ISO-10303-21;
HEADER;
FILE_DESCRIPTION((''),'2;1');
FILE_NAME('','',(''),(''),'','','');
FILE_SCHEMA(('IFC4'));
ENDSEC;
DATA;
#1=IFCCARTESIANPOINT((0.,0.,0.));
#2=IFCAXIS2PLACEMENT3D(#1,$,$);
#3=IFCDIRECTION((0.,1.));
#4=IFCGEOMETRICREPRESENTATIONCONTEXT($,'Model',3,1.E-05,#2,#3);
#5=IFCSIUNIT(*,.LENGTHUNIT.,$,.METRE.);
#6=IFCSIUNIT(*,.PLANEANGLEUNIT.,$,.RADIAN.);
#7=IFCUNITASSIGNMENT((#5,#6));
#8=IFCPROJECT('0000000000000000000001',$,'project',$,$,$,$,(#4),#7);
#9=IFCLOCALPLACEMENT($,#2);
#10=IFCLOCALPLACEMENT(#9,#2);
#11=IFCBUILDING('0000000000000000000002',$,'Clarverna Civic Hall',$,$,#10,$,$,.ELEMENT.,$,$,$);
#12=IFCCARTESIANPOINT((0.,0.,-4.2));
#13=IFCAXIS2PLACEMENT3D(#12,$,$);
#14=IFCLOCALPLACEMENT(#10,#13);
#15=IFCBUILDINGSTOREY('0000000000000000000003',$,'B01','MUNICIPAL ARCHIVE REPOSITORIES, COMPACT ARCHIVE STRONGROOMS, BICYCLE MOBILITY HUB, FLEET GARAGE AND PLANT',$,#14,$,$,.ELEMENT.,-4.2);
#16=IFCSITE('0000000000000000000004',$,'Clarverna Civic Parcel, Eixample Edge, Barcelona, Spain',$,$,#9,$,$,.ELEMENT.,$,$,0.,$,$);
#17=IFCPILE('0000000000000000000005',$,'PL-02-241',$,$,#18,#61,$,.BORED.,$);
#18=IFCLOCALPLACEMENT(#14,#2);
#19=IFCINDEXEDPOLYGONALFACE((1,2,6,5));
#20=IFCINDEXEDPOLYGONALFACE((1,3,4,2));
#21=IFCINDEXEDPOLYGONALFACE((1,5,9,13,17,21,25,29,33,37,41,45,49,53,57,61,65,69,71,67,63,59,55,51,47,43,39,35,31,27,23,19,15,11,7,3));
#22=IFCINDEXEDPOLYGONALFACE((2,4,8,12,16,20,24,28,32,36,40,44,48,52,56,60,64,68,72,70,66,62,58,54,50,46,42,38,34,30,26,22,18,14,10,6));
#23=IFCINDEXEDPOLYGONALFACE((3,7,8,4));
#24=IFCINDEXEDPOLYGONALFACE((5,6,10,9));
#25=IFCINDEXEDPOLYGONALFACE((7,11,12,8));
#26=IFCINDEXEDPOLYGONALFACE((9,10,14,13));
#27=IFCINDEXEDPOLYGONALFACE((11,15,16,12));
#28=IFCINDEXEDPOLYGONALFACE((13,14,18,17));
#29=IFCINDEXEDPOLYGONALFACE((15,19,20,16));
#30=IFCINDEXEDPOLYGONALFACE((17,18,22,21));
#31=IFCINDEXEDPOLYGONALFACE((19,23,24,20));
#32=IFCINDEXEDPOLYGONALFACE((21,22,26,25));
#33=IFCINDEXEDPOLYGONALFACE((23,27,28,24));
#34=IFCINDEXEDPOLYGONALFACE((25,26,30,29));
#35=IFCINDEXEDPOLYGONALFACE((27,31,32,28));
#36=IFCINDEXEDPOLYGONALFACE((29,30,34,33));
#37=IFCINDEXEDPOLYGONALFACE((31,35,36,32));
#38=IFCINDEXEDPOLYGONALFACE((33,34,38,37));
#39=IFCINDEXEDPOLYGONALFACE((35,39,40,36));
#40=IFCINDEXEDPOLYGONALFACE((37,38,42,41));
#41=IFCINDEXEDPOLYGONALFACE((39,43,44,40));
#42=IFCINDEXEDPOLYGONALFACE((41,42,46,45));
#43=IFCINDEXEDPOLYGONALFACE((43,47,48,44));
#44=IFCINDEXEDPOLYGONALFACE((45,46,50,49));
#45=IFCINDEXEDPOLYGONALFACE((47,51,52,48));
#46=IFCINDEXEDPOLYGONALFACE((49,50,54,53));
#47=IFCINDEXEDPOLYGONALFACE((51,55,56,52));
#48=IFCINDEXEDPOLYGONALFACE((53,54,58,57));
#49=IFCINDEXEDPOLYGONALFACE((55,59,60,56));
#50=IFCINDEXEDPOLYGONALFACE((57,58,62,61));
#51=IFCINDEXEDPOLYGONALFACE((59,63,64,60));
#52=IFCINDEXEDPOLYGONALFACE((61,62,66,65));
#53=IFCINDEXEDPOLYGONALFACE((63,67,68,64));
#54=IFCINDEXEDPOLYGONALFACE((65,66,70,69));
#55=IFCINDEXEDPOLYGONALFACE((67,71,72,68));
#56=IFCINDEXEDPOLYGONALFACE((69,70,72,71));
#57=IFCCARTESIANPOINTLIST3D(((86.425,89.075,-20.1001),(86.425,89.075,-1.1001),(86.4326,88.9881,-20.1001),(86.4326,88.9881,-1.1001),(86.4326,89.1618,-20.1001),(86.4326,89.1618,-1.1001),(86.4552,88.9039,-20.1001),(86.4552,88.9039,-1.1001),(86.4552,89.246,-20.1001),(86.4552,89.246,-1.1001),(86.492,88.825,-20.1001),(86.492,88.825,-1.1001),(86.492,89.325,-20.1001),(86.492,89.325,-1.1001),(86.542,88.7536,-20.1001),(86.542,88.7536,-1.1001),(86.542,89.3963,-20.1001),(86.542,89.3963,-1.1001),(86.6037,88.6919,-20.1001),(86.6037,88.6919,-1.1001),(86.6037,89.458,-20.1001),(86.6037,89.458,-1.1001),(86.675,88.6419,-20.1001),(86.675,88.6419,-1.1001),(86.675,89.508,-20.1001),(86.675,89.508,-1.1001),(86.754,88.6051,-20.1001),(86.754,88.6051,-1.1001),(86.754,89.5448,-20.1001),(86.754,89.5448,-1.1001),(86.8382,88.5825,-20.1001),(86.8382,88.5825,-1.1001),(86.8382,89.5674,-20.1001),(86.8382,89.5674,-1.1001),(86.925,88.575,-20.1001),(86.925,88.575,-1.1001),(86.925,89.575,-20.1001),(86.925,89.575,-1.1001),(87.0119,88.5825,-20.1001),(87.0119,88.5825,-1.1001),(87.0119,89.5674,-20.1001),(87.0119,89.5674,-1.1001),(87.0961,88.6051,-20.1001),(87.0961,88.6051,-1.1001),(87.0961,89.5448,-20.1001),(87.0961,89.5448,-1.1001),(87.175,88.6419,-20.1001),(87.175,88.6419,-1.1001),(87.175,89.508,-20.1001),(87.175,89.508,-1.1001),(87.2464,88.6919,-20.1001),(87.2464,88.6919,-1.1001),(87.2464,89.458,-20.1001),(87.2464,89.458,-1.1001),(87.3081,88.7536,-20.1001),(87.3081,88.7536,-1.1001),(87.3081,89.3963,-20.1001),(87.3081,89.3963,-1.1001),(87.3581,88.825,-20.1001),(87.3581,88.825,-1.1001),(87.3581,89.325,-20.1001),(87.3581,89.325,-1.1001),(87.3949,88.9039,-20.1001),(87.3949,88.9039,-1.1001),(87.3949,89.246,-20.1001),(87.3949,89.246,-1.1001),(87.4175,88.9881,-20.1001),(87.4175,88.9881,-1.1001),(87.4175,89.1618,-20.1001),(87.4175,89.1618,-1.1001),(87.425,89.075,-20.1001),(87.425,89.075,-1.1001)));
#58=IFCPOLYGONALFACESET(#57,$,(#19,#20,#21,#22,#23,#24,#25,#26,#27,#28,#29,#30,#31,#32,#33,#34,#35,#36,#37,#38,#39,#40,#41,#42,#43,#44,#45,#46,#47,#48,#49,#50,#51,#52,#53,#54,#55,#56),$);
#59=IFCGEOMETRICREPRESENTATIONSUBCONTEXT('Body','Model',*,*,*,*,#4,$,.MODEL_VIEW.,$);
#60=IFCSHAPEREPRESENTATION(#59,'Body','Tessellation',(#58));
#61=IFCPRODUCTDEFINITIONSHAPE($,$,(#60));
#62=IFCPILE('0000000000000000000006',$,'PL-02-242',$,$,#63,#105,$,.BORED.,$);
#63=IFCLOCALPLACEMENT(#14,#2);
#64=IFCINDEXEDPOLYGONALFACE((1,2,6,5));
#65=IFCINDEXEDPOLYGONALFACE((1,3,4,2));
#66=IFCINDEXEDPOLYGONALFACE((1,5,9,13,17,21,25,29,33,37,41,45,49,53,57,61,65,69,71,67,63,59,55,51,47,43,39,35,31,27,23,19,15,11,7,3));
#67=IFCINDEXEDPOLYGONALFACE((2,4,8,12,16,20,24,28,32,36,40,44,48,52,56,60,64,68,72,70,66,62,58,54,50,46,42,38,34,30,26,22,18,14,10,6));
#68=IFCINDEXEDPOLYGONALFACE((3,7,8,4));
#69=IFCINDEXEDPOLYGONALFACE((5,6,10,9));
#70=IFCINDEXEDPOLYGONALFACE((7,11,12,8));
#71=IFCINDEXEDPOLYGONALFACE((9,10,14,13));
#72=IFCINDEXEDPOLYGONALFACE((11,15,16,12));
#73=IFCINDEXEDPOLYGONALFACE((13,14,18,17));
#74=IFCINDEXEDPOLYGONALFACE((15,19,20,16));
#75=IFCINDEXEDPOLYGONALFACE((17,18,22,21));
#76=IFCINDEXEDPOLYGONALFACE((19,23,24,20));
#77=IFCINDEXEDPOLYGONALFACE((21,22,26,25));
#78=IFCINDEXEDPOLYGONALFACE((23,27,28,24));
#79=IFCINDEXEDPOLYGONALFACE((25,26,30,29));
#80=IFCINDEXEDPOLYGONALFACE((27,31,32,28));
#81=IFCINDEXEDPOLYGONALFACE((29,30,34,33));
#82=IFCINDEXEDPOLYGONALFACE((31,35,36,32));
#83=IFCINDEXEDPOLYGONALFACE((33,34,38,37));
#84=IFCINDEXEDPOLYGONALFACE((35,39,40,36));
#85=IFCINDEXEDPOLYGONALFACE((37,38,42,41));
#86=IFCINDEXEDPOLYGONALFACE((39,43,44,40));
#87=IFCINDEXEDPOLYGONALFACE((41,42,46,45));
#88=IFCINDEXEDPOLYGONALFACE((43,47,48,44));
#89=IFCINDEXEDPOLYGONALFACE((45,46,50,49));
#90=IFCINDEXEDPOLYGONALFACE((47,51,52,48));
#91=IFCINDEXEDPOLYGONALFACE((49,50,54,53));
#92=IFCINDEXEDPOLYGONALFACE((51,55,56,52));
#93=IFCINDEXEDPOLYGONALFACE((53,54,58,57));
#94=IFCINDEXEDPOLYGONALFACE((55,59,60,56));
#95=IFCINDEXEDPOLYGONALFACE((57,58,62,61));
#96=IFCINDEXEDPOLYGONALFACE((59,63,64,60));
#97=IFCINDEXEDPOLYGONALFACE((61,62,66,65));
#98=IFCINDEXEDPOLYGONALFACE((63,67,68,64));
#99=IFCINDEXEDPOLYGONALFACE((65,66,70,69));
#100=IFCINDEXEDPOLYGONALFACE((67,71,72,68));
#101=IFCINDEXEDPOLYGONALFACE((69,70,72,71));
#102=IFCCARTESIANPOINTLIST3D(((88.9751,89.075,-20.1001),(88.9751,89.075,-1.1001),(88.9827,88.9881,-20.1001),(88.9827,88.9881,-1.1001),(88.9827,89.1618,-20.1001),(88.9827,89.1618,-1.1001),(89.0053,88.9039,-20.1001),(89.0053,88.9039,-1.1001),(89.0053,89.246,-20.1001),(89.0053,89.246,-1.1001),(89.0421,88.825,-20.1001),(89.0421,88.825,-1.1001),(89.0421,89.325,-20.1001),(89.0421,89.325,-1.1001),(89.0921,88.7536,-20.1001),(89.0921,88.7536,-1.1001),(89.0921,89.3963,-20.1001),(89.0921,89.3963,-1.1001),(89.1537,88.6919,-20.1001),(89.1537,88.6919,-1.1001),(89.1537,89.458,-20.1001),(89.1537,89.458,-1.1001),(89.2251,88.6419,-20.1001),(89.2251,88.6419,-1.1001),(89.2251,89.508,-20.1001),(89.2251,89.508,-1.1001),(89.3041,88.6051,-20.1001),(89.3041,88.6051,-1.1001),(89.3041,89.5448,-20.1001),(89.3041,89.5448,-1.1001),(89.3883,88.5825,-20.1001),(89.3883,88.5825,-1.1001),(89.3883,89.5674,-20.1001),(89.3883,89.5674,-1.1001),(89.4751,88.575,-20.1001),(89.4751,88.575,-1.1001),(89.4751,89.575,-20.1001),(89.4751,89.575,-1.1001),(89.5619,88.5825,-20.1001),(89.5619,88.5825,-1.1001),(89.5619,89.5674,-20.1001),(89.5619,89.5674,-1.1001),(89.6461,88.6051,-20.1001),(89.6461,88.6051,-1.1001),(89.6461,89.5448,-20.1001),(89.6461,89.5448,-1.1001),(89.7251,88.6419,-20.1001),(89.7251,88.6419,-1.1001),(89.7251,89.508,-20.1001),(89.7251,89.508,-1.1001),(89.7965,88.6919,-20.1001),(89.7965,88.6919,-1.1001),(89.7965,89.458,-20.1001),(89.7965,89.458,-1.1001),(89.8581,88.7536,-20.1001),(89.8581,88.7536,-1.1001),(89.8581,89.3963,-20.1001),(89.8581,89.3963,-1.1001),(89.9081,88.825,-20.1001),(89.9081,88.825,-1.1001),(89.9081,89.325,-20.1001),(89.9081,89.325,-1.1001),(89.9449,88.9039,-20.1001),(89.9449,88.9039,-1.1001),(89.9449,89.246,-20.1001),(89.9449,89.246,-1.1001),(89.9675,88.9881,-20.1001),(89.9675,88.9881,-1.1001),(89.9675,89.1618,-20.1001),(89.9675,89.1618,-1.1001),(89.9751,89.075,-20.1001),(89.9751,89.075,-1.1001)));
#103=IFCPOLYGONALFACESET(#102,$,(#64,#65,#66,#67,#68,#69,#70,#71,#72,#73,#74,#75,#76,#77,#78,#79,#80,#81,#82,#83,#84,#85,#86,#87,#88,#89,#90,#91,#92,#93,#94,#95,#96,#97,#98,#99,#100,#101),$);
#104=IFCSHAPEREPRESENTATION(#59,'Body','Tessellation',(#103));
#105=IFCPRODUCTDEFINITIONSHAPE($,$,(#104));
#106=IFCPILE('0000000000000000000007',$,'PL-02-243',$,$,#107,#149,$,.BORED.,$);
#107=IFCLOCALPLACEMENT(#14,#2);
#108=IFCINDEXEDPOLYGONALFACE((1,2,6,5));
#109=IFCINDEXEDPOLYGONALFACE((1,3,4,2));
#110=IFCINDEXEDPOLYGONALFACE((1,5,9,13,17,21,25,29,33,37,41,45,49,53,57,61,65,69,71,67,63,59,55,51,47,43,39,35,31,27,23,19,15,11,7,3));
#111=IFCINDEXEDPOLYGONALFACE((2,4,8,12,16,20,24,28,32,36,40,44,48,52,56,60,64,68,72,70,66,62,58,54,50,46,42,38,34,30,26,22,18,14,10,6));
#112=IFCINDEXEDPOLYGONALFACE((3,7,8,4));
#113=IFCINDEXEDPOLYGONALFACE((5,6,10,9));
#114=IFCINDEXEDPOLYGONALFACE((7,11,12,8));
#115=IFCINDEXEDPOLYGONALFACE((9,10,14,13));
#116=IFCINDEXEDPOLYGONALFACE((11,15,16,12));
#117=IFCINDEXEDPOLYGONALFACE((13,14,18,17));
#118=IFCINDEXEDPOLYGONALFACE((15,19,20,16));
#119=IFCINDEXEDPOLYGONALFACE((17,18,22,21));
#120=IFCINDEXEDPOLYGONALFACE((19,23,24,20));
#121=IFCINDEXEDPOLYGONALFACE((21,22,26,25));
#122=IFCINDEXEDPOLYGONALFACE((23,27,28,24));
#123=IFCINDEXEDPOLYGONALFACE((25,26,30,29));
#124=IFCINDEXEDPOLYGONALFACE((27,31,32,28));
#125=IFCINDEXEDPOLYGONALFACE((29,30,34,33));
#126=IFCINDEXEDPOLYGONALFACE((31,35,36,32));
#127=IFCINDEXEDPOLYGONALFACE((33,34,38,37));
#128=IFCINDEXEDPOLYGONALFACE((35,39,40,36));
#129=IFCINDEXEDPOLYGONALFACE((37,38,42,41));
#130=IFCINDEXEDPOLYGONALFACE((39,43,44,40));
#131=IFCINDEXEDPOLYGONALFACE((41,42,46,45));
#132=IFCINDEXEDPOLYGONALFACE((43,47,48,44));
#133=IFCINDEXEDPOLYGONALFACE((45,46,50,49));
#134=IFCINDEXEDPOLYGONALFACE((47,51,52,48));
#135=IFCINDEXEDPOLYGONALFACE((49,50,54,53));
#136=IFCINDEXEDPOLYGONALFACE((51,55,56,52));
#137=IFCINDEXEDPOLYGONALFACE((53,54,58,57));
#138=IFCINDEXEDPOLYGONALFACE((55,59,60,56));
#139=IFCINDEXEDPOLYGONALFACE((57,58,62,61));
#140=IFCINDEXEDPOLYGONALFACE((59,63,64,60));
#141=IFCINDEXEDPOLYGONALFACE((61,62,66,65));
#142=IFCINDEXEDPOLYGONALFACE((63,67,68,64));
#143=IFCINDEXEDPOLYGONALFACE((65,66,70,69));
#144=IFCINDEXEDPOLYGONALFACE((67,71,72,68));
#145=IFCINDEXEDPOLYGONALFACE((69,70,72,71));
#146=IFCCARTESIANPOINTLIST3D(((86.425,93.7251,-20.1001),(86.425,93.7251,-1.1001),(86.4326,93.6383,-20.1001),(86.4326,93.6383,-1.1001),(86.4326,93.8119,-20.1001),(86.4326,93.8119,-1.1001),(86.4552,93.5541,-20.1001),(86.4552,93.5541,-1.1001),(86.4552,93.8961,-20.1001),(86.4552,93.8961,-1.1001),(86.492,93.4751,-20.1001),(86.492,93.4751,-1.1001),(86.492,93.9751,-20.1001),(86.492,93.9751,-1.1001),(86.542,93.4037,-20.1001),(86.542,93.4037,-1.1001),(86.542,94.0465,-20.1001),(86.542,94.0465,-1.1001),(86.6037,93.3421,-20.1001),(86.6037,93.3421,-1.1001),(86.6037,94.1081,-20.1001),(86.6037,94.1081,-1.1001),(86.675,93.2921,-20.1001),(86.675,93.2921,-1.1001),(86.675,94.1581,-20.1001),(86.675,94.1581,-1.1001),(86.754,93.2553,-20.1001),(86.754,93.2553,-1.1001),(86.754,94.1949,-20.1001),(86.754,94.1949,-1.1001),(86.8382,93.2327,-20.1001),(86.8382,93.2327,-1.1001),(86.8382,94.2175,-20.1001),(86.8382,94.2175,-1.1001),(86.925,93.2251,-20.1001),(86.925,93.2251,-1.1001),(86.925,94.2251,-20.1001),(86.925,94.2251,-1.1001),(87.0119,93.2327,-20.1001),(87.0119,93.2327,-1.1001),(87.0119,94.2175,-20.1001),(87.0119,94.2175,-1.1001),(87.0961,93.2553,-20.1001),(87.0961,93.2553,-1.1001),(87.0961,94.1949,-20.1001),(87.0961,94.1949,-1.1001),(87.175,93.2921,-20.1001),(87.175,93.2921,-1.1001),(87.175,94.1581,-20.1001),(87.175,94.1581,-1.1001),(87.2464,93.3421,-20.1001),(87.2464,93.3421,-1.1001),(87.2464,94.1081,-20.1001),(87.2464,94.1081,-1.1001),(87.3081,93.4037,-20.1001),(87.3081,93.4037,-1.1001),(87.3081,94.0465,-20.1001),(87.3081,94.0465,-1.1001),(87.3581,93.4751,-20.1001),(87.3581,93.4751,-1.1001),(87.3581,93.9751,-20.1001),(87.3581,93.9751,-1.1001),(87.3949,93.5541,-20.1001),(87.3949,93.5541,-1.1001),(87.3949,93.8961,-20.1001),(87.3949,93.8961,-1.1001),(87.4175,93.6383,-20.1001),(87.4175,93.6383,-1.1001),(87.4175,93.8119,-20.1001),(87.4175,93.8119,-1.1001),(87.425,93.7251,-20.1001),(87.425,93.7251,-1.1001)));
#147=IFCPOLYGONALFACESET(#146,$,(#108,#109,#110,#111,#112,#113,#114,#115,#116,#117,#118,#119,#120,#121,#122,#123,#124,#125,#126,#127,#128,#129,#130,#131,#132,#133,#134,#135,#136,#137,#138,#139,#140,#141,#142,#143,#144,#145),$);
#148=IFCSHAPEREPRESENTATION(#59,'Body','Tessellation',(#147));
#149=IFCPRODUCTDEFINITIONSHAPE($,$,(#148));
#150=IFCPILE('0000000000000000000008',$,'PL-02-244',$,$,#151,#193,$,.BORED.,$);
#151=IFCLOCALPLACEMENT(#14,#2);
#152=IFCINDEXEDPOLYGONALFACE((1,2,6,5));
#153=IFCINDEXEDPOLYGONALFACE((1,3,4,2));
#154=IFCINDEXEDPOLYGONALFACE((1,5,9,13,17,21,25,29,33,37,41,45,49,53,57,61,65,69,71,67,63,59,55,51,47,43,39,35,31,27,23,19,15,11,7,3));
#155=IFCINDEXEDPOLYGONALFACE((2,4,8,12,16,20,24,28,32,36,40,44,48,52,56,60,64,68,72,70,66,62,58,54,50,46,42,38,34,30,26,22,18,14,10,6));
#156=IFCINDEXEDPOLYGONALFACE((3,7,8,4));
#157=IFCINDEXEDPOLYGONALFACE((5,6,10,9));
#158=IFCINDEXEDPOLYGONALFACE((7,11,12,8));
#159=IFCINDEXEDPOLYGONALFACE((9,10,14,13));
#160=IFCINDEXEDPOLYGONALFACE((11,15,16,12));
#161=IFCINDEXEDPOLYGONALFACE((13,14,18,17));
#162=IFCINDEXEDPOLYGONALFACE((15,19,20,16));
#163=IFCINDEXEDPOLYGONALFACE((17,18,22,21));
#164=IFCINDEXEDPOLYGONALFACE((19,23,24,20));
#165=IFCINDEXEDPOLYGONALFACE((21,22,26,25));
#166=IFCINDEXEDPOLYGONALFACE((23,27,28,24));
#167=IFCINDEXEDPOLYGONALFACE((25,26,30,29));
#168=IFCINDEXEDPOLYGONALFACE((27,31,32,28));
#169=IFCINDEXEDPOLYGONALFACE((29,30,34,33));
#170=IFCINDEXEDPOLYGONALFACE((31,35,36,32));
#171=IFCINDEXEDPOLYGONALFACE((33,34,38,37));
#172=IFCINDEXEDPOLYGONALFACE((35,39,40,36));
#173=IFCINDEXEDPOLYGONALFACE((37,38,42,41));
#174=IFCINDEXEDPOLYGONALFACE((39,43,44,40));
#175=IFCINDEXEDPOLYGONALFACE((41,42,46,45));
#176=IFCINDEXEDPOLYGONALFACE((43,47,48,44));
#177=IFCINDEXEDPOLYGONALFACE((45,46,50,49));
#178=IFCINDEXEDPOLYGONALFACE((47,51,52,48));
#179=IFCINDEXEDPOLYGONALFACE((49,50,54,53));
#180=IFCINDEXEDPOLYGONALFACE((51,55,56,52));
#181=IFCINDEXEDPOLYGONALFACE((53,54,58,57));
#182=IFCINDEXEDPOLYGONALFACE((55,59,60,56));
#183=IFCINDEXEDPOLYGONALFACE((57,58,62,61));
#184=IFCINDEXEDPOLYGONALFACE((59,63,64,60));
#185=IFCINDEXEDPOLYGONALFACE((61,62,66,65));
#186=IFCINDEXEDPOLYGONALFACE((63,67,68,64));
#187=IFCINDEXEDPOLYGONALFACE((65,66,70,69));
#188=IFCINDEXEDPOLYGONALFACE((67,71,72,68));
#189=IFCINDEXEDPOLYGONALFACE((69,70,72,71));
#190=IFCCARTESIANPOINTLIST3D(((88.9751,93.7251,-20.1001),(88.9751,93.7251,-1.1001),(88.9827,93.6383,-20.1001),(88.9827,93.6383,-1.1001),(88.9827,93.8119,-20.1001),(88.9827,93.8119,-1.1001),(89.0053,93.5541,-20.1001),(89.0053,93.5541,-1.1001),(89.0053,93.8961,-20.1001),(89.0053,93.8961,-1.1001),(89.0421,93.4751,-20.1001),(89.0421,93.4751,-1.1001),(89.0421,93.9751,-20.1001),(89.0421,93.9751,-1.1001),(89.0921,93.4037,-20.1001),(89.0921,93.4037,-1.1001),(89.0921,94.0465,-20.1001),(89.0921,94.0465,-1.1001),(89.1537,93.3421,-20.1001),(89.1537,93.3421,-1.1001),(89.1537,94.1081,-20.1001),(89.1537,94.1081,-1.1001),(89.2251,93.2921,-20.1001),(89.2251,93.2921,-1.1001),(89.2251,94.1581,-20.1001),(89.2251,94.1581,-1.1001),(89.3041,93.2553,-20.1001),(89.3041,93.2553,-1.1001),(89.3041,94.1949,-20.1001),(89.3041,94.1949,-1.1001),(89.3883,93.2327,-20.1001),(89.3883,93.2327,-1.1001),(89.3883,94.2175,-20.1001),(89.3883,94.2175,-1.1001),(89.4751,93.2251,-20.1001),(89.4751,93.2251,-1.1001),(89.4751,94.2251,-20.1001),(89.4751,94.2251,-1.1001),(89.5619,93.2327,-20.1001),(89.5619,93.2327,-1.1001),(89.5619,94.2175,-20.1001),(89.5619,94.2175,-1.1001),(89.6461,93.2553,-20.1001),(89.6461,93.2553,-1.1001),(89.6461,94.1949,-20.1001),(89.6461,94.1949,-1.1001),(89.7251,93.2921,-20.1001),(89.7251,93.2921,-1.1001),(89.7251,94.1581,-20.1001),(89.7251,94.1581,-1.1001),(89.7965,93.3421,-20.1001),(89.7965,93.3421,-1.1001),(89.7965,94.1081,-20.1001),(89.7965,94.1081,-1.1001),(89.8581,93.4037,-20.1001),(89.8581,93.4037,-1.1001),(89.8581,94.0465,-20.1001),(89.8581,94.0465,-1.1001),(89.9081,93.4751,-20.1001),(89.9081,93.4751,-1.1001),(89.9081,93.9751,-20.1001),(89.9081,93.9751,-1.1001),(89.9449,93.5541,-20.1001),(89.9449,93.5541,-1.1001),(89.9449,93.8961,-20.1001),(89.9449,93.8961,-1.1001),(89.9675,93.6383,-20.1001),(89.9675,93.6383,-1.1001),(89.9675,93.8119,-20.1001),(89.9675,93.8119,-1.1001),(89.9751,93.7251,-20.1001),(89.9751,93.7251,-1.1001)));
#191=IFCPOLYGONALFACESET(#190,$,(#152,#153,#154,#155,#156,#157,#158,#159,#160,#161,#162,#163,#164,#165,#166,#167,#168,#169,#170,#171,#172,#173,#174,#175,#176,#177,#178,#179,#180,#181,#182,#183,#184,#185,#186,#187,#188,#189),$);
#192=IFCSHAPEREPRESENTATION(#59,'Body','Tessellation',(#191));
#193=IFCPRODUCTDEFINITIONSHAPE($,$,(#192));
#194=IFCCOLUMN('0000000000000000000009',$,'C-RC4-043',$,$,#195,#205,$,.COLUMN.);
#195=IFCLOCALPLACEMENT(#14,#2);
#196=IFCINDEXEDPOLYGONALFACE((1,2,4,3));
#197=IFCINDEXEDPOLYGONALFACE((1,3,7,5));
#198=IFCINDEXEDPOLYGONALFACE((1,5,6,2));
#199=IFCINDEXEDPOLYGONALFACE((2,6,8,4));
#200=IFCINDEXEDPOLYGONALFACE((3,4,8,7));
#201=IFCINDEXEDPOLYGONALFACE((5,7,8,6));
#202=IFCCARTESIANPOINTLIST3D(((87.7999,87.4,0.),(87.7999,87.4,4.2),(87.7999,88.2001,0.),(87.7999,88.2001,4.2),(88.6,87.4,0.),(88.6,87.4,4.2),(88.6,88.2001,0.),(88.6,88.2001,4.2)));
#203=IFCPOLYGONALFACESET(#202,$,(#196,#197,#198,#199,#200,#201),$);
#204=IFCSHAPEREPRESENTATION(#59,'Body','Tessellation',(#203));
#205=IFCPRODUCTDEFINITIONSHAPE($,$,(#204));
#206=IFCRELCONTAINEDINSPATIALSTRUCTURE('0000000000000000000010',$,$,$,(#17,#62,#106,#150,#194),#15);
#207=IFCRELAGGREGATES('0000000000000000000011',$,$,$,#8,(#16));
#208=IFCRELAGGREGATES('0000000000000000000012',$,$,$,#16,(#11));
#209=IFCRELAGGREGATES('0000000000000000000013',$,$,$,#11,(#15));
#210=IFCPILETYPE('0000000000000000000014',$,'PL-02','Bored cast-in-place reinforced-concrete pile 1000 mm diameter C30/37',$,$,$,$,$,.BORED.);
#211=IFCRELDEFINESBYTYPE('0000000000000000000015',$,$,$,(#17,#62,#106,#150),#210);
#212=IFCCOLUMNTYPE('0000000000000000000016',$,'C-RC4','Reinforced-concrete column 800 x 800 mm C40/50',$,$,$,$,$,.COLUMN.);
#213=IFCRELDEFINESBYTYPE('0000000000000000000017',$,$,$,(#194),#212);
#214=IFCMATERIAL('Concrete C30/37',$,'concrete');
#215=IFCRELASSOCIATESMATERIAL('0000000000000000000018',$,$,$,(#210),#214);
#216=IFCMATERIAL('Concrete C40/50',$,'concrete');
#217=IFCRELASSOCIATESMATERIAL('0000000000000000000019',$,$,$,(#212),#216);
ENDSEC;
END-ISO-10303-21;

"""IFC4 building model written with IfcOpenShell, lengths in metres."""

from ifc_helpers import new_model, si_unit, direction, frame, origin, origin_2d, place, context, subcontext, project, spatial, rectangle, circle, extrude, material, material_profile, profile_set, type_object, element, save


model = new_model("IFC4")

# Units and contexts
model_context = context("Model", 3, precision=1e-05, world=origin(), true_north=direction((0.0, 1.0)))
body_context = subcontext(model_context, "Body", "Model", "MODEL_VIEW")
ifc_project = project(units=[si_unit("LENGTHUNIT", "METRE"), si_unit("PLANEANGLEUNIT", "RADIAN")], contexts=[model_context])

# Site, building, storey
site_placement = place(None, origin())
site = spatial("IfcSite", under=ifc_project, at=site_placement, Name="Clarverna Civic Parcel, Eixample Edge, Barcelona, Spain", CompositionType="ELEMENT", RefElevation=0.0)
building_placement = place(site_placement, origin())
building = spatial("IfcBuilding", under=site, at=building_placement, Name="Clarverna Civic Hall", CompositionType="ELEMENT")
storey_placement = place(building_placement, frame((0.0, 0.0, -4.2)))
storey = spatial("IfcBuildingStorey", under=building, at=storey_placement, Name="B01", Description="MUNICIPAL ARCHIVE REPOSITORIES, COMPACT ARCHIVE STRONGROOMS, BICYCLE MOBILITY HUB, FLEET GARAGE AND PLANT", CompositionType="ELEMENT", Elevation=-4.2)

# Shared definitions
ifc_material_1 = material(Name="Concrete C30/37", Category="concrete")

# Piles
ifc_material_profile_1 = material_profile(ifc_material_1, circle(Radius=0.5, at=origin_2d()), Name="BORED PILE D1000")
ifc_profile_set_1 = profile_set([ifc_material_profile_1], Name="Concrete C30/37")
pile_type = type_object("IfcPileType", Name="PL-02", Description="Bored cast-in-place reinforced-concrete pile 1000 mm diameter C30/37", PredefinedType="BORED", material=ifc_profile_set_1)
for number, where, z_axis, x_axis, name in (
    (1, (86.925, 89.075, -1.1001), (0.0, 0.0, -1.0), (1.0, 0.0, 0.0), "PL-02-241"),
    (2, (89.4751, 89.075, -1.1001), (0.0, 0.0, -1.0), (1.0, 0.0, 0.0), "PL-02-242"),
    (3, (86.925, 93.7251, -1.1001), (0.0, 0.0, -1.0), (1.0, 0.0, 0.0), "PL-02-243"),
    (4, (89.4751, 93.7251, -1.1001), (0.0, 0.0, -1.0), (1.0, 0.0, 0.0), "PL-02-244"),
):
    element("IfcPile", number, at=place(storey_placement, frame(where, z_axis=z_axis, x_axis=x_axis)), inside=storey, type_object=pile_type, Name=name, PredefinedType="BORED", context=body_context, shape_type="SweptSolid", body=[
        extrude(circle(Radius=0.5, at=origin_2d()), origin(), (0.0, 0.0, 1.0), 19.0),
    ])

# Column
ifc_material_2 = material(Name="Concrete C40/50", Category="concrete")
ifc_material_profile_2 = material_profile(ifc_material_2, rectangle(XDim=0.8, YDim=0.8, at=origin_2d()), Name="RC 800x800")
ifc_profile_set_2 = profile_set([ifc_material_profile_2], Name="Concrete C40/50")
column_type_1 = type_object("IfcColumnType", Name="C-RC4", Description="Reinforced-concrete column 800 x 800 mm C40/50", PredefinedType="COLUMN", material=ifc_profile_set_2)
column_1_placement = place(storey_placement, frame((88.2, 87.8, 0.0), z_axis=(0.0, 0.0, 1.0), x_axis=(1.0, 0.0, 0.0)))
element("IfcColumn", 5, at=column_1_placement, inside=storey, type_object=column_type_1, Name="C-RC4-043", PredefinedType="COLUMN", context=body_context, shape_type="SweptSolid", body=[
    extrude(rectangle(XDim=0.8, YDim=0.8, at=origin_2d()), origin(), (0.0, 0.0, 1.0), 4.2),
])

save(model, "model.ifc")
